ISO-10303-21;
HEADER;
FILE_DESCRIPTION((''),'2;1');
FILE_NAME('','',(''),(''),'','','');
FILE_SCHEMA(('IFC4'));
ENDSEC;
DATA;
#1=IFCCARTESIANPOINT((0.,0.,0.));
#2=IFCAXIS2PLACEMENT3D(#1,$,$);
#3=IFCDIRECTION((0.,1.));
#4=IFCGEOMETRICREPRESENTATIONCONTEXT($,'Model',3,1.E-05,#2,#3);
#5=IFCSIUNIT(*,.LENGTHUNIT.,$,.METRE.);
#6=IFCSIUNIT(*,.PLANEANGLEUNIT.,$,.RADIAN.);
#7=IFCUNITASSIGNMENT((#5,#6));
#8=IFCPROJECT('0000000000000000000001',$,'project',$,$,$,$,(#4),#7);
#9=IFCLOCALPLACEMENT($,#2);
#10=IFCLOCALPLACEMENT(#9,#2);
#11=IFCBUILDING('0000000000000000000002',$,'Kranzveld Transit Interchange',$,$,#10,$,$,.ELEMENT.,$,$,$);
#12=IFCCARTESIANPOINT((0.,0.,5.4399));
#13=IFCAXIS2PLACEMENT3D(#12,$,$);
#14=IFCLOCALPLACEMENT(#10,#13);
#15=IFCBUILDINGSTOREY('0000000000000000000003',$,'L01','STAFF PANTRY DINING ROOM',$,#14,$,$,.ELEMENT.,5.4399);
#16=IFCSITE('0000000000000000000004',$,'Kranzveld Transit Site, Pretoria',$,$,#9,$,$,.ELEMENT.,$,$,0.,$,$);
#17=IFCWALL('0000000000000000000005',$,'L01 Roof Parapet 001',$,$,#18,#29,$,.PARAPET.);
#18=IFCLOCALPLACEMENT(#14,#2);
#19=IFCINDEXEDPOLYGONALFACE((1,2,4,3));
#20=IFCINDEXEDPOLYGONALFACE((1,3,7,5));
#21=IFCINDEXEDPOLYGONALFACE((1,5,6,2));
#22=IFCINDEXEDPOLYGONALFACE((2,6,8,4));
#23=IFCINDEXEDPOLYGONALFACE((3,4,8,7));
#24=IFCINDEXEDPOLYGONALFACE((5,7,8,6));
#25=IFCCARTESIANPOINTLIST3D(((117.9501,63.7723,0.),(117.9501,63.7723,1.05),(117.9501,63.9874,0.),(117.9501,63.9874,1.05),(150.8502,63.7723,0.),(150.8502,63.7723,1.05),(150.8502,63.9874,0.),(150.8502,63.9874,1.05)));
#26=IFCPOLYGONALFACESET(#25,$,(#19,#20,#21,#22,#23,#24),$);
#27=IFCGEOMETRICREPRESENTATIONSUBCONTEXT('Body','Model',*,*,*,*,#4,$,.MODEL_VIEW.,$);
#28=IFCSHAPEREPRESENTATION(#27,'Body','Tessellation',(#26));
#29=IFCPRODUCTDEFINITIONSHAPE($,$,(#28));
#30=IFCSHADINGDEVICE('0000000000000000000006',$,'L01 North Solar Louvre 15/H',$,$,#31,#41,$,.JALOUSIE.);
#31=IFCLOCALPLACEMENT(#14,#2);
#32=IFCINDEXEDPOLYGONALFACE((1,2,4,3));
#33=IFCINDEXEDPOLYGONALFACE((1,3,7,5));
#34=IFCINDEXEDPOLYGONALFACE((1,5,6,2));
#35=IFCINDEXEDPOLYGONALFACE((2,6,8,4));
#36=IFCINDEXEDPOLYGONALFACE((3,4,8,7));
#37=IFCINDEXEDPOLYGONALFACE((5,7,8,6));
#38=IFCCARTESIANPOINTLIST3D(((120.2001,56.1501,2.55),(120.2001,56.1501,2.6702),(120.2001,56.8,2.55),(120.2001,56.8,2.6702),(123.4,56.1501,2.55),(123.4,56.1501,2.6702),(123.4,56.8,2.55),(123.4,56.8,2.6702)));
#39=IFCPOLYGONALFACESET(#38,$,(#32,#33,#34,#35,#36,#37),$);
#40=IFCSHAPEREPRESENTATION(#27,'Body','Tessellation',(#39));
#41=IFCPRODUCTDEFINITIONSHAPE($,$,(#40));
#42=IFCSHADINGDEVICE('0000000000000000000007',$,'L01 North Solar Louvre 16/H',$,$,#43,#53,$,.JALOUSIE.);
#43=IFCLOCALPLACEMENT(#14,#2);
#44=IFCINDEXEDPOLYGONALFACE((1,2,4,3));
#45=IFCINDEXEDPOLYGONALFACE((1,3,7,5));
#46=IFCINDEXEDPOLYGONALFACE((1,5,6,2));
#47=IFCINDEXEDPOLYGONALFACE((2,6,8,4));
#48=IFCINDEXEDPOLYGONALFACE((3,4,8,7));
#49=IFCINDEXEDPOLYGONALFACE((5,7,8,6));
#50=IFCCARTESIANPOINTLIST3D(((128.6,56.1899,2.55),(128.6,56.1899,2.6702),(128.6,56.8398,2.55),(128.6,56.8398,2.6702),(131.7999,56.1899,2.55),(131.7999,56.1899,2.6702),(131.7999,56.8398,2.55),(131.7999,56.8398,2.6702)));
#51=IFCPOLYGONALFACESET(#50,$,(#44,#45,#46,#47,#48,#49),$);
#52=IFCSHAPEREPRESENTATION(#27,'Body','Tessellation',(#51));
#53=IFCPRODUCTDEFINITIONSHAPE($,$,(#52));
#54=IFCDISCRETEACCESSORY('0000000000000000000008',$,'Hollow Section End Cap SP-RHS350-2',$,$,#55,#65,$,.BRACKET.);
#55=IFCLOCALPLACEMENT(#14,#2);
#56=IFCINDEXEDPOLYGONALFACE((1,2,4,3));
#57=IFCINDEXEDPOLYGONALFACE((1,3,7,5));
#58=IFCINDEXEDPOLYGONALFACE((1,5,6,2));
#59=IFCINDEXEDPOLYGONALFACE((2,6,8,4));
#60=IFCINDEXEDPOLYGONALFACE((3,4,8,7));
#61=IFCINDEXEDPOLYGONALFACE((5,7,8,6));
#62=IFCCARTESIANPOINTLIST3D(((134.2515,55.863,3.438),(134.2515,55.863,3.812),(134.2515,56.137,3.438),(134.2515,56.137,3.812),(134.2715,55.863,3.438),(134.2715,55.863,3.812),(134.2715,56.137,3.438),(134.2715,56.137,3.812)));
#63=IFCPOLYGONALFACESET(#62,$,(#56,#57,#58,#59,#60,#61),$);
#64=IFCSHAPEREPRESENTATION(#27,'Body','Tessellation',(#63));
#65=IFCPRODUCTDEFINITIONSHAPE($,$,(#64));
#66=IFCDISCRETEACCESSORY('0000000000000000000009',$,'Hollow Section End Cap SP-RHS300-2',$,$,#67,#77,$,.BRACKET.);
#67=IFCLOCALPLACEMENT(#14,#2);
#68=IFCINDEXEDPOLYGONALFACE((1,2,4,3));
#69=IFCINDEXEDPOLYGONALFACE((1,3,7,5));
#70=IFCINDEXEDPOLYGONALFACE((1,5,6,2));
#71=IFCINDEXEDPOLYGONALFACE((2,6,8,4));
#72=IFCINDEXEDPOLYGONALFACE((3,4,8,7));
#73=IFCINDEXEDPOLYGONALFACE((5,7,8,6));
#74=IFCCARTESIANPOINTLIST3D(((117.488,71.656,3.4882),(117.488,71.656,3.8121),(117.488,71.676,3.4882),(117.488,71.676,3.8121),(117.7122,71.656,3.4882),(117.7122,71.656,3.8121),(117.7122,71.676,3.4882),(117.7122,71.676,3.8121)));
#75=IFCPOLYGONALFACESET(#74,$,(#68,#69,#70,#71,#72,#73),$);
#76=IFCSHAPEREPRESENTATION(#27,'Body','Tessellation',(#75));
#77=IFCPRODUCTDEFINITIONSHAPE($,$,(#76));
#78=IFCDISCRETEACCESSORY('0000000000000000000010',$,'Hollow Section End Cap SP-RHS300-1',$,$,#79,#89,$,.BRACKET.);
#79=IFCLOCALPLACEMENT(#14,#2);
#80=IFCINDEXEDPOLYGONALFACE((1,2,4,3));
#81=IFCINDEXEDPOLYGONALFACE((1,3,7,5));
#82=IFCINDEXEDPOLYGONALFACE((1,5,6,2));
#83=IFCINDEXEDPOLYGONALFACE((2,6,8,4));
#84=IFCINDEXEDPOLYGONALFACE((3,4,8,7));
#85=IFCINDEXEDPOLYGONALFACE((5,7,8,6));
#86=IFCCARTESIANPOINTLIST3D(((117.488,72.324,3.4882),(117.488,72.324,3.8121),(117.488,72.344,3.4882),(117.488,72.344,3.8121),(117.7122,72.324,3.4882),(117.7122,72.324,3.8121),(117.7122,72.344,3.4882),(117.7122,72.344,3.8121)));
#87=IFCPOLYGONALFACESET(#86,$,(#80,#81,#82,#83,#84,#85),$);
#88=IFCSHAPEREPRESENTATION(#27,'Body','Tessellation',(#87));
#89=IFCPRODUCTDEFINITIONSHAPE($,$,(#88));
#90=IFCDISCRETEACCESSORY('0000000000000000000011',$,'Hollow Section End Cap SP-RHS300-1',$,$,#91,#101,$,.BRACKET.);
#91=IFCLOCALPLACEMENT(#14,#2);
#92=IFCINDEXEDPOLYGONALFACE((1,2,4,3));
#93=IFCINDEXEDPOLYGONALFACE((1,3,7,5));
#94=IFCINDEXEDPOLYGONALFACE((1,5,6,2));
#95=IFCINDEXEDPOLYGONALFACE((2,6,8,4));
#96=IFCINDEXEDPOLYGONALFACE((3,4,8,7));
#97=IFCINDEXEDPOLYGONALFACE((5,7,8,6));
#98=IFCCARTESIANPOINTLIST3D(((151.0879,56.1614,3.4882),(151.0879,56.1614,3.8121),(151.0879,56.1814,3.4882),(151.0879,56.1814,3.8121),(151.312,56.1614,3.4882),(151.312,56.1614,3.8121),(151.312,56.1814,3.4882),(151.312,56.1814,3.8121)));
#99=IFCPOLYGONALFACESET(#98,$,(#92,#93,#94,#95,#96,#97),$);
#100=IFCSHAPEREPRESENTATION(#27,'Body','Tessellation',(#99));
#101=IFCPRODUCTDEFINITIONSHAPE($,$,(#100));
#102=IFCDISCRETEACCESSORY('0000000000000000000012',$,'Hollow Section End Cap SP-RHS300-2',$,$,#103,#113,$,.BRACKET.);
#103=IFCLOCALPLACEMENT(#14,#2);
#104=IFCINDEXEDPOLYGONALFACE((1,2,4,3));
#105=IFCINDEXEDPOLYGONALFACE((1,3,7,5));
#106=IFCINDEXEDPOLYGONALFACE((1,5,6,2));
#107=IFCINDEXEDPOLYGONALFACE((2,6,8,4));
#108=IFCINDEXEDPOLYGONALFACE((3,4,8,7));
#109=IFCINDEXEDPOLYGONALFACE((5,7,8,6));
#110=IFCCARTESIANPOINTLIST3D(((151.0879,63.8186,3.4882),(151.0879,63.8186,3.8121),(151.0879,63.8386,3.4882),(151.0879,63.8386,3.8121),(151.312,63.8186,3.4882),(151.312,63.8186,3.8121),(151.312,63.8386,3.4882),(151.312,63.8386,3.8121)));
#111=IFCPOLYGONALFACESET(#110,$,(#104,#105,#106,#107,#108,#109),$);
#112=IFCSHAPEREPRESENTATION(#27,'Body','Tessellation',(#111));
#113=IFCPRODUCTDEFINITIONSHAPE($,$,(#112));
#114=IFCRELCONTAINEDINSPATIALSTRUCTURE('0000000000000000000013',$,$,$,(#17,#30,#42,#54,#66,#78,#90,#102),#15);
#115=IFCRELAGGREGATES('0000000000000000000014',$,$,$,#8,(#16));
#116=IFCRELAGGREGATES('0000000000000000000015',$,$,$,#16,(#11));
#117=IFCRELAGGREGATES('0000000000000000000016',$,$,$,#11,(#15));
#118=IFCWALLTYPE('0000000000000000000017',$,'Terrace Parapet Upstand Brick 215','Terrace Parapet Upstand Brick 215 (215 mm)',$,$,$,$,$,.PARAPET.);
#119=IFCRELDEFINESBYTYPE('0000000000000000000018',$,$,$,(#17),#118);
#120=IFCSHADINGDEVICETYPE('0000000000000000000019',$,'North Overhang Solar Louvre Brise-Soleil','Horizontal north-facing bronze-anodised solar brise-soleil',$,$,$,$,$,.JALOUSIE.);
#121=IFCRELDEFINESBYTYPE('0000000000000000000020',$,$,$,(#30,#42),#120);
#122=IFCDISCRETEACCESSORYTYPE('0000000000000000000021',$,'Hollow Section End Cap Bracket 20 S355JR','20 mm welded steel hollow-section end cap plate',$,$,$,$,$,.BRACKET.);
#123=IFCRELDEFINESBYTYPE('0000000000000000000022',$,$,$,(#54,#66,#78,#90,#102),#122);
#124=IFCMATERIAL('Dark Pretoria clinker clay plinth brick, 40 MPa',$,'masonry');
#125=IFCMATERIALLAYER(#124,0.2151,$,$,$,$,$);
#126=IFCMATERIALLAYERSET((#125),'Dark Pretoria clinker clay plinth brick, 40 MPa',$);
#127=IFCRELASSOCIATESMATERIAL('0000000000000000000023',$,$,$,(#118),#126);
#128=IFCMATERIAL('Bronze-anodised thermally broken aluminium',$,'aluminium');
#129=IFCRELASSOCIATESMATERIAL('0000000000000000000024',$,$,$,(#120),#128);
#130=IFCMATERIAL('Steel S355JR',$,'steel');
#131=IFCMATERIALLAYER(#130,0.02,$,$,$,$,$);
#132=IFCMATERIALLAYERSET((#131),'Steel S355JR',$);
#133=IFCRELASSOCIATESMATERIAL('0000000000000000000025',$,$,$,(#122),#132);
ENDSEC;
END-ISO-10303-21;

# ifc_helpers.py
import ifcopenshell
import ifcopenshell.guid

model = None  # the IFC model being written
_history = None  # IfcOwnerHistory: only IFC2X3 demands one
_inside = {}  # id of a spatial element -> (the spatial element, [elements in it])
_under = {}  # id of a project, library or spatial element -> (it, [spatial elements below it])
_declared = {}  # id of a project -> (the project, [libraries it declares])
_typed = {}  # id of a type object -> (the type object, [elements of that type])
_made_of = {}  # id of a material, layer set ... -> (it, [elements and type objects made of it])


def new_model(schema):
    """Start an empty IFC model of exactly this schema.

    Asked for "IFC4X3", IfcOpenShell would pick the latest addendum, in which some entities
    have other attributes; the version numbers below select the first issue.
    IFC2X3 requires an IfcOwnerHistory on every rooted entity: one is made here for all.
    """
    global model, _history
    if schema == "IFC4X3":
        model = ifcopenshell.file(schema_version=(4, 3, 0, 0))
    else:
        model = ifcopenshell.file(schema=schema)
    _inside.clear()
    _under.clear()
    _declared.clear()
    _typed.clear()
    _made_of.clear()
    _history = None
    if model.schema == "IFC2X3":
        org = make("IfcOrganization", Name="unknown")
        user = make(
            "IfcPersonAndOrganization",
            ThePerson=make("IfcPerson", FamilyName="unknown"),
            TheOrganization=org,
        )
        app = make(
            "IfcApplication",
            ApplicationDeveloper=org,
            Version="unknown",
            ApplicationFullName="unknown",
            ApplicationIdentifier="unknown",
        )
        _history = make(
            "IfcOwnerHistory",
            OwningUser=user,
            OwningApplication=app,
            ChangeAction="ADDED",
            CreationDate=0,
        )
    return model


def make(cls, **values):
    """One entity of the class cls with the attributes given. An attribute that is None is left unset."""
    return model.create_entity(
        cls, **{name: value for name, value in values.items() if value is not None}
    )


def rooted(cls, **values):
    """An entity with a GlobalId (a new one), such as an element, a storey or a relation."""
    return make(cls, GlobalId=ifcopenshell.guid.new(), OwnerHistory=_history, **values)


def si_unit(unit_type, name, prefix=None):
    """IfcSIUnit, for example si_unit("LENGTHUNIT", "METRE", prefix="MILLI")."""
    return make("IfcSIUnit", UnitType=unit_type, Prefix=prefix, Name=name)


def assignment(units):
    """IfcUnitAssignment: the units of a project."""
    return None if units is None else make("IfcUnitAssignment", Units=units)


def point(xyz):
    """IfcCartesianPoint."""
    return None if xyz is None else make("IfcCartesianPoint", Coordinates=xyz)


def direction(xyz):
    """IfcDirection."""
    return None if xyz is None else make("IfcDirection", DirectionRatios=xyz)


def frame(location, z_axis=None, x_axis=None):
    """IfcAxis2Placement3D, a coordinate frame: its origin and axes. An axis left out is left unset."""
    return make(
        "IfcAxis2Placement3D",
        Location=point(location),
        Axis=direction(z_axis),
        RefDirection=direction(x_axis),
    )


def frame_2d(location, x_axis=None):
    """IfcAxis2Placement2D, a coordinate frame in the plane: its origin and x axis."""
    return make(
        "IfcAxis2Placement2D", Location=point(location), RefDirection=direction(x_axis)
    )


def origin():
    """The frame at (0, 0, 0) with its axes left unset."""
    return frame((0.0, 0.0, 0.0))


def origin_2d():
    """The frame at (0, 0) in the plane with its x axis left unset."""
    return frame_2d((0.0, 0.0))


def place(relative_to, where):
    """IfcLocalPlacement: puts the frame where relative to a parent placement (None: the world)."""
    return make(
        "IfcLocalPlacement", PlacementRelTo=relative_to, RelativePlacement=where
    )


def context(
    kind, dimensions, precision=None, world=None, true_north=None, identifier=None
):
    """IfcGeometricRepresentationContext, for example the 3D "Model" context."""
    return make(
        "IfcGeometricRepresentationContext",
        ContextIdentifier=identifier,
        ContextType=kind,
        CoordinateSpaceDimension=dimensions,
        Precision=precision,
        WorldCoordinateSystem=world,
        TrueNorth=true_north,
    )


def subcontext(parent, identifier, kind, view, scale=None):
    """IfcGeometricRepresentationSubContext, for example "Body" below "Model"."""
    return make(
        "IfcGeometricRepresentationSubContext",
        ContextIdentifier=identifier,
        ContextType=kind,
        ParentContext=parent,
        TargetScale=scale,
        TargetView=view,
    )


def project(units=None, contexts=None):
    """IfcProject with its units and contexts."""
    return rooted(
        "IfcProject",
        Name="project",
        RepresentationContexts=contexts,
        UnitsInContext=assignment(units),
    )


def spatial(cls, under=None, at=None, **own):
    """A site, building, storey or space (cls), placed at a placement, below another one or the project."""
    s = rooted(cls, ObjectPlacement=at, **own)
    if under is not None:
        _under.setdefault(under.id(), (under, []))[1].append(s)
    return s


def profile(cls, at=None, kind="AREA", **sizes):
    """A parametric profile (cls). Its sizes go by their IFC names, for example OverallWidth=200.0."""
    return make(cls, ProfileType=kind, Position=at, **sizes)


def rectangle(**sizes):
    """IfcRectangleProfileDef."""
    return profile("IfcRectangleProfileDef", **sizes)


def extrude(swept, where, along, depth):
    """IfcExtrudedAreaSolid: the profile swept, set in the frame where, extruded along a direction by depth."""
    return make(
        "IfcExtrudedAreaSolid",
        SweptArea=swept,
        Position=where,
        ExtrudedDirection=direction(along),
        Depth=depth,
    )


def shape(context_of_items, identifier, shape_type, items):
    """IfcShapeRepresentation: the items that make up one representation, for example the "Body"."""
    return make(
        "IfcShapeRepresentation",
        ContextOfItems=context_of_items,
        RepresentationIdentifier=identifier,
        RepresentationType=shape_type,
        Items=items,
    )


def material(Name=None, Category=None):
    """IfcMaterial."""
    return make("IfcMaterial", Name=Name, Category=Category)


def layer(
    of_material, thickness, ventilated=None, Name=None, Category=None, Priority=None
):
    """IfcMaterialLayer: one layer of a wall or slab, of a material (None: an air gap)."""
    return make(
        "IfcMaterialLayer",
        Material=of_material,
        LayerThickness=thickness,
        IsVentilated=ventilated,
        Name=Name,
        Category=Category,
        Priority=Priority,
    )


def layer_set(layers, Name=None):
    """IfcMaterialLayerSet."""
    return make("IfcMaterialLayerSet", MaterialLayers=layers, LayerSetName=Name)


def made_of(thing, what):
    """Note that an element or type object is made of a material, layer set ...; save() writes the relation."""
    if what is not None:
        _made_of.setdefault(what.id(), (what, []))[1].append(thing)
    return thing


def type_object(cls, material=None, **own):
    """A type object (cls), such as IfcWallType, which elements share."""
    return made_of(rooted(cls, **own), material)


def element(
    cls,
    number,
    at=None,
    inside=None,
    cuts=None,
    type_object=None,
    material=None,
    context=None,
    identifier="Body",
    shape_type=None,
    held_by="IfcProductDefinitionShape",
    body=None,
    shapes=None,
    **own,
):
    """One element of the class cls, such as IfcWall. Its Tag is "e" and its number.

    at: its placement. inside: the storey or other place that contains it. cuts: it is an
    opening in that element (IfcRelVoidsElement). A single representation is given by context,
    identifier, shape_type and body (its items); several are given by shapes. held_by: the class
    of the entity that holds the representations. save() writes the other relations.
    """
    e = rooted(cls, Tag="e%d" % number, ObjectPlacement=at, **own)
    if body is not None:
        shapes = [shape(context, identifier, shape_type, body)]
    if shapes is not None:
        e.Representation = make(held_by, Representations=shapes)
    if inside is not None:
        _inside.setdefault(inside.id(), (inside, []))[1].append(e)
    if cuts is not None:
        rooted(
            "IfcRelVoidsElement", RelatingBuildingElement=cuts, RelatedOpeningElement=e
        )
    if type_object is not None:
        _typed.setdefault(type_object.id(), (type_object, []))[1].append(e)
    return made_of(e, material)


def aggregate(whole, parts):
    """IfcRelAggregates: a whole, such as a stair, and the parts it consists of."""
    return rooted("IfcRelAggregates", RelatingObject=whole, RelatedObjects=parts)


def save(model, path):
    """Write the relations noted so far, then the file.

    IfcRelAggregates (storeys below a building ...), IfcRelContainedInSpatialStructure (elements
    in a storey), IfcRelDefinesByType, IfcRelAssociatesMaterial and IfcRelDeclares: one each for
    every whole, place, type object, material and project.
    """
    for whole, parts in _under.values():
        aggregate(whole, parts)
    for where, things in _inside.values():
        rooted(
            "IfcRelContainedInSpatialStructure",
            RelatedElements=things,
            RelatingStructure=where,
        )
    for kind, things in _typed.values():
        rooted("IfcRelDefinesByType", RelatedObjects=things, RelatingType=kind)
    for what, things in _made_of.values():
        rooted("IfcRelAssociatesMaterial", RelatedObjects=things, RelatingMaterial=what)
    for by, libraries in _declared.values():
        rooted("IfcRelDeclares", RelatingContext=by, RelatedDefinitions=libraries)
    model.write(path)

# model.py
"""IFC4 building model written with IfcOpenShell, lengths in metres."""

from ifc_helpers import new_model, si_unit, direction, frame, frame_2d, origin, origin_2d, place, context, subcontext, project, spatial, rectangle, extrude, material, layer, layer_set, type_object, element, save


model = new_model("IFC4")

# Units and contexts
model_context = context("Model", 3, precision=1e-05, world=origin(), true_north=direction((0.0, 1.0)))
body_context = subcontext(model_context, "Body", "Model", "MODEL_VIEW")
ifc_project = project(units=[si_unit("LENGTHUNIT", "METRE"), si_unit("PLANEANGLEUNIT", "RADIAN")], contexts=[model_context])

# Site, building, storey
site_placement = place(None, origin())
site = spatial("IfcSite", under=ifc_project, at=site_placement, Name="Kranzveld Transit Site, Pretoria", CompositionType="ELEMENT", RefElevation=0.0)
building_placement = place(site_placement, origin())
building = spatial("IfcBuilding", under=site, at=building_placement, Name="Kranzveld Transit Interchange", CompositionType="ELEMENT")
storey_placement = place(building_placement, frame((0.0, 0.0, 5.4399)))
storey = spatial("IfcBuildingStorey", under=building, at=storey_placement, Name="L01", Description="STAFF PANTRY DINING ROOM", CompositionType="ELEMENT", Elevation=5.4399)

# Wall
ifc_material_1 = material(Name="Dark Pretoria clinker clay plinth brick, 40 MPa", Category="masonry")
ifc_layer_1 = layer(ifc_material_1, 0.2151)
ifc_layer_set_1 = layer_set([ifc_layer_1], Name="Dark Pretoria clinker clay plinth brick, 40 MPa")
wall_type_1 = type_object("IfcWallType", Name="Terrace Parapet Upstand Brick 215", Description="Terrace Parapet Upstand Brick 215 (215 mm)", PredefinedType="PARAPET", material=ifc_layer_set_1)
wall_1_placement = place(storey_placement, frame((117.95, 63.8799, 0.0), z_axis=(0.0, 0.0, 1.0), x_axis=(1.0, 0.0, 0.0)))
element("IfcWall", 1, at=wall_1_placement, inside=storey, type_object=wall_type_1, Name="L01 Roof Parapet 001", PredefinedType="PARAPET", context=body_context, shape_type="SweptSolid", body=[
    extrude(rectangle(XDim=32.9001, YDim=0.2151, at=frame_2d((16.4502, 0.0))), origin(), (0.0, 0.0, 1.0), 1.05),
])

# Shading devices
ifc_material_2 = material(Name="Bronze-anodised thermally broken aluminium", Category="aluminium")
shading_device_type = type_object("IfcShadingDeviceType", Name="North Overhang Solar Louvre Brise-Soleil", Description="Horizontal north-facing bronze-anodised solar brise-soleil", PredefinedType="JALOUSIE", material=ifc_material_2)
for number, where, z_axis, x_axis, name in (
    (2, (121.8, 56.4751, 2.55), (0.0, 0.0, 1.0), (1.0, 0.0, 0.0), "L01 North Solar Louvre 15/H"),
    (3, (130.2, 56.5149, 2.55), (0.0, 0.0, 1.0), (1.0, 0.0, 0.0), "L01 North Solar Louvre 16/H"),
):
    element("IfcShadingDevice", number, at=place(storey_placement, frame(where, z_axis=z_axis, x_axis=x_axis)), inside=storey, type_object=shading_device_type, Name=name, PredefinedType="JALOUSIE", context=body_context, shape_type="SweptSolid", body=[
        extrude(rectangle(XDim=3.2, YDim=0.6499, at=origin_2d()), origin(), (0.0, 0.0, 1.0), 0.1201),
    ])

# Discrete accessories
ifc_material_3 = material(Name="Steel S355JR", Category="steel")
ifc_layer_2 = layer(ifc_material_3, 0.02)
ifc_layer_set_2 = layer_set([ifc_layer_2], Name="Steel S355JR")
discrete_accessory_type = type_object("IfcDiscreteAccessoryType", Name="Hollow Section End Cap Bracket 20 S355JR", Description="20 mm welded steel hollow-section end cap plate", PredefinedType="BRACKET", material=ifc_layer_set_2)
discrete_accessory_placement = place(storey_placement, frame((134.2515, 56.0, 3.625), z_axis=(1.0, 0.0, 0.0), x_axis=(0.0, 1.0, 0.0)))
element("IfcDiscreteAccessory", 4, at=discrete_accessory_placement, inside=storey, type_object=discrete_accessory_type, Name="Hollow Section End Cap SP-RHS350-2", PredefinedType="BRACKET", context=body_context, shape_type="SweptSolid", body=[
    extrude(rectangle(XDim=0.2739, YDim=0.374, at=origin_2d()), origin(), (0.0, 0.0, 1.0), 0.02),
])
for number, where, z_axis, x_axis, name in (
    (5, (117.6001, 71.656, 3.6501), (0.0, 1.0, 0.0), (-1.0, 0.0, 0.0), "Hollow Section End Cap SP-RHS300-2"),
    (6, (117.6001, 72.344, 3.6501), (0.0, -1.0, 0.0), (1.0, 0.0, 0.0), "Hollow Section End Cap SP-RHS300-1"),
    (7, (151.2, 56.1814, 3.6501), (0.0, -1.0, 0.0), (1.0, 0.0, 0.0), "Hollow Section End Cap SP-RHS300-1"),
    (8, (151.2, 63.8186, 3.6501), (0.0, 1.0, 0.0), (-1.0, 0.0, 0.0), "Hollow Section End Cap SP-RHS300-2"),
):
    element("IfcDiscreteAccessory", number, at=place(storey_placement, frame(where, z_axis=z_axis, x_axis=x_axis)), inside=storey, type_object=discrete_accessory_type, Name=name, PredefinedType="BRACKET", context=body_context, shape_type="SweptSolid", body=[
        extrude(rectangle(XDim=0.2241, YDim=0.324, at=origin_2d()), origin(), (0.0, 0.0, 1.0), 0.02),
    ])

save(model, "model.ifc")
